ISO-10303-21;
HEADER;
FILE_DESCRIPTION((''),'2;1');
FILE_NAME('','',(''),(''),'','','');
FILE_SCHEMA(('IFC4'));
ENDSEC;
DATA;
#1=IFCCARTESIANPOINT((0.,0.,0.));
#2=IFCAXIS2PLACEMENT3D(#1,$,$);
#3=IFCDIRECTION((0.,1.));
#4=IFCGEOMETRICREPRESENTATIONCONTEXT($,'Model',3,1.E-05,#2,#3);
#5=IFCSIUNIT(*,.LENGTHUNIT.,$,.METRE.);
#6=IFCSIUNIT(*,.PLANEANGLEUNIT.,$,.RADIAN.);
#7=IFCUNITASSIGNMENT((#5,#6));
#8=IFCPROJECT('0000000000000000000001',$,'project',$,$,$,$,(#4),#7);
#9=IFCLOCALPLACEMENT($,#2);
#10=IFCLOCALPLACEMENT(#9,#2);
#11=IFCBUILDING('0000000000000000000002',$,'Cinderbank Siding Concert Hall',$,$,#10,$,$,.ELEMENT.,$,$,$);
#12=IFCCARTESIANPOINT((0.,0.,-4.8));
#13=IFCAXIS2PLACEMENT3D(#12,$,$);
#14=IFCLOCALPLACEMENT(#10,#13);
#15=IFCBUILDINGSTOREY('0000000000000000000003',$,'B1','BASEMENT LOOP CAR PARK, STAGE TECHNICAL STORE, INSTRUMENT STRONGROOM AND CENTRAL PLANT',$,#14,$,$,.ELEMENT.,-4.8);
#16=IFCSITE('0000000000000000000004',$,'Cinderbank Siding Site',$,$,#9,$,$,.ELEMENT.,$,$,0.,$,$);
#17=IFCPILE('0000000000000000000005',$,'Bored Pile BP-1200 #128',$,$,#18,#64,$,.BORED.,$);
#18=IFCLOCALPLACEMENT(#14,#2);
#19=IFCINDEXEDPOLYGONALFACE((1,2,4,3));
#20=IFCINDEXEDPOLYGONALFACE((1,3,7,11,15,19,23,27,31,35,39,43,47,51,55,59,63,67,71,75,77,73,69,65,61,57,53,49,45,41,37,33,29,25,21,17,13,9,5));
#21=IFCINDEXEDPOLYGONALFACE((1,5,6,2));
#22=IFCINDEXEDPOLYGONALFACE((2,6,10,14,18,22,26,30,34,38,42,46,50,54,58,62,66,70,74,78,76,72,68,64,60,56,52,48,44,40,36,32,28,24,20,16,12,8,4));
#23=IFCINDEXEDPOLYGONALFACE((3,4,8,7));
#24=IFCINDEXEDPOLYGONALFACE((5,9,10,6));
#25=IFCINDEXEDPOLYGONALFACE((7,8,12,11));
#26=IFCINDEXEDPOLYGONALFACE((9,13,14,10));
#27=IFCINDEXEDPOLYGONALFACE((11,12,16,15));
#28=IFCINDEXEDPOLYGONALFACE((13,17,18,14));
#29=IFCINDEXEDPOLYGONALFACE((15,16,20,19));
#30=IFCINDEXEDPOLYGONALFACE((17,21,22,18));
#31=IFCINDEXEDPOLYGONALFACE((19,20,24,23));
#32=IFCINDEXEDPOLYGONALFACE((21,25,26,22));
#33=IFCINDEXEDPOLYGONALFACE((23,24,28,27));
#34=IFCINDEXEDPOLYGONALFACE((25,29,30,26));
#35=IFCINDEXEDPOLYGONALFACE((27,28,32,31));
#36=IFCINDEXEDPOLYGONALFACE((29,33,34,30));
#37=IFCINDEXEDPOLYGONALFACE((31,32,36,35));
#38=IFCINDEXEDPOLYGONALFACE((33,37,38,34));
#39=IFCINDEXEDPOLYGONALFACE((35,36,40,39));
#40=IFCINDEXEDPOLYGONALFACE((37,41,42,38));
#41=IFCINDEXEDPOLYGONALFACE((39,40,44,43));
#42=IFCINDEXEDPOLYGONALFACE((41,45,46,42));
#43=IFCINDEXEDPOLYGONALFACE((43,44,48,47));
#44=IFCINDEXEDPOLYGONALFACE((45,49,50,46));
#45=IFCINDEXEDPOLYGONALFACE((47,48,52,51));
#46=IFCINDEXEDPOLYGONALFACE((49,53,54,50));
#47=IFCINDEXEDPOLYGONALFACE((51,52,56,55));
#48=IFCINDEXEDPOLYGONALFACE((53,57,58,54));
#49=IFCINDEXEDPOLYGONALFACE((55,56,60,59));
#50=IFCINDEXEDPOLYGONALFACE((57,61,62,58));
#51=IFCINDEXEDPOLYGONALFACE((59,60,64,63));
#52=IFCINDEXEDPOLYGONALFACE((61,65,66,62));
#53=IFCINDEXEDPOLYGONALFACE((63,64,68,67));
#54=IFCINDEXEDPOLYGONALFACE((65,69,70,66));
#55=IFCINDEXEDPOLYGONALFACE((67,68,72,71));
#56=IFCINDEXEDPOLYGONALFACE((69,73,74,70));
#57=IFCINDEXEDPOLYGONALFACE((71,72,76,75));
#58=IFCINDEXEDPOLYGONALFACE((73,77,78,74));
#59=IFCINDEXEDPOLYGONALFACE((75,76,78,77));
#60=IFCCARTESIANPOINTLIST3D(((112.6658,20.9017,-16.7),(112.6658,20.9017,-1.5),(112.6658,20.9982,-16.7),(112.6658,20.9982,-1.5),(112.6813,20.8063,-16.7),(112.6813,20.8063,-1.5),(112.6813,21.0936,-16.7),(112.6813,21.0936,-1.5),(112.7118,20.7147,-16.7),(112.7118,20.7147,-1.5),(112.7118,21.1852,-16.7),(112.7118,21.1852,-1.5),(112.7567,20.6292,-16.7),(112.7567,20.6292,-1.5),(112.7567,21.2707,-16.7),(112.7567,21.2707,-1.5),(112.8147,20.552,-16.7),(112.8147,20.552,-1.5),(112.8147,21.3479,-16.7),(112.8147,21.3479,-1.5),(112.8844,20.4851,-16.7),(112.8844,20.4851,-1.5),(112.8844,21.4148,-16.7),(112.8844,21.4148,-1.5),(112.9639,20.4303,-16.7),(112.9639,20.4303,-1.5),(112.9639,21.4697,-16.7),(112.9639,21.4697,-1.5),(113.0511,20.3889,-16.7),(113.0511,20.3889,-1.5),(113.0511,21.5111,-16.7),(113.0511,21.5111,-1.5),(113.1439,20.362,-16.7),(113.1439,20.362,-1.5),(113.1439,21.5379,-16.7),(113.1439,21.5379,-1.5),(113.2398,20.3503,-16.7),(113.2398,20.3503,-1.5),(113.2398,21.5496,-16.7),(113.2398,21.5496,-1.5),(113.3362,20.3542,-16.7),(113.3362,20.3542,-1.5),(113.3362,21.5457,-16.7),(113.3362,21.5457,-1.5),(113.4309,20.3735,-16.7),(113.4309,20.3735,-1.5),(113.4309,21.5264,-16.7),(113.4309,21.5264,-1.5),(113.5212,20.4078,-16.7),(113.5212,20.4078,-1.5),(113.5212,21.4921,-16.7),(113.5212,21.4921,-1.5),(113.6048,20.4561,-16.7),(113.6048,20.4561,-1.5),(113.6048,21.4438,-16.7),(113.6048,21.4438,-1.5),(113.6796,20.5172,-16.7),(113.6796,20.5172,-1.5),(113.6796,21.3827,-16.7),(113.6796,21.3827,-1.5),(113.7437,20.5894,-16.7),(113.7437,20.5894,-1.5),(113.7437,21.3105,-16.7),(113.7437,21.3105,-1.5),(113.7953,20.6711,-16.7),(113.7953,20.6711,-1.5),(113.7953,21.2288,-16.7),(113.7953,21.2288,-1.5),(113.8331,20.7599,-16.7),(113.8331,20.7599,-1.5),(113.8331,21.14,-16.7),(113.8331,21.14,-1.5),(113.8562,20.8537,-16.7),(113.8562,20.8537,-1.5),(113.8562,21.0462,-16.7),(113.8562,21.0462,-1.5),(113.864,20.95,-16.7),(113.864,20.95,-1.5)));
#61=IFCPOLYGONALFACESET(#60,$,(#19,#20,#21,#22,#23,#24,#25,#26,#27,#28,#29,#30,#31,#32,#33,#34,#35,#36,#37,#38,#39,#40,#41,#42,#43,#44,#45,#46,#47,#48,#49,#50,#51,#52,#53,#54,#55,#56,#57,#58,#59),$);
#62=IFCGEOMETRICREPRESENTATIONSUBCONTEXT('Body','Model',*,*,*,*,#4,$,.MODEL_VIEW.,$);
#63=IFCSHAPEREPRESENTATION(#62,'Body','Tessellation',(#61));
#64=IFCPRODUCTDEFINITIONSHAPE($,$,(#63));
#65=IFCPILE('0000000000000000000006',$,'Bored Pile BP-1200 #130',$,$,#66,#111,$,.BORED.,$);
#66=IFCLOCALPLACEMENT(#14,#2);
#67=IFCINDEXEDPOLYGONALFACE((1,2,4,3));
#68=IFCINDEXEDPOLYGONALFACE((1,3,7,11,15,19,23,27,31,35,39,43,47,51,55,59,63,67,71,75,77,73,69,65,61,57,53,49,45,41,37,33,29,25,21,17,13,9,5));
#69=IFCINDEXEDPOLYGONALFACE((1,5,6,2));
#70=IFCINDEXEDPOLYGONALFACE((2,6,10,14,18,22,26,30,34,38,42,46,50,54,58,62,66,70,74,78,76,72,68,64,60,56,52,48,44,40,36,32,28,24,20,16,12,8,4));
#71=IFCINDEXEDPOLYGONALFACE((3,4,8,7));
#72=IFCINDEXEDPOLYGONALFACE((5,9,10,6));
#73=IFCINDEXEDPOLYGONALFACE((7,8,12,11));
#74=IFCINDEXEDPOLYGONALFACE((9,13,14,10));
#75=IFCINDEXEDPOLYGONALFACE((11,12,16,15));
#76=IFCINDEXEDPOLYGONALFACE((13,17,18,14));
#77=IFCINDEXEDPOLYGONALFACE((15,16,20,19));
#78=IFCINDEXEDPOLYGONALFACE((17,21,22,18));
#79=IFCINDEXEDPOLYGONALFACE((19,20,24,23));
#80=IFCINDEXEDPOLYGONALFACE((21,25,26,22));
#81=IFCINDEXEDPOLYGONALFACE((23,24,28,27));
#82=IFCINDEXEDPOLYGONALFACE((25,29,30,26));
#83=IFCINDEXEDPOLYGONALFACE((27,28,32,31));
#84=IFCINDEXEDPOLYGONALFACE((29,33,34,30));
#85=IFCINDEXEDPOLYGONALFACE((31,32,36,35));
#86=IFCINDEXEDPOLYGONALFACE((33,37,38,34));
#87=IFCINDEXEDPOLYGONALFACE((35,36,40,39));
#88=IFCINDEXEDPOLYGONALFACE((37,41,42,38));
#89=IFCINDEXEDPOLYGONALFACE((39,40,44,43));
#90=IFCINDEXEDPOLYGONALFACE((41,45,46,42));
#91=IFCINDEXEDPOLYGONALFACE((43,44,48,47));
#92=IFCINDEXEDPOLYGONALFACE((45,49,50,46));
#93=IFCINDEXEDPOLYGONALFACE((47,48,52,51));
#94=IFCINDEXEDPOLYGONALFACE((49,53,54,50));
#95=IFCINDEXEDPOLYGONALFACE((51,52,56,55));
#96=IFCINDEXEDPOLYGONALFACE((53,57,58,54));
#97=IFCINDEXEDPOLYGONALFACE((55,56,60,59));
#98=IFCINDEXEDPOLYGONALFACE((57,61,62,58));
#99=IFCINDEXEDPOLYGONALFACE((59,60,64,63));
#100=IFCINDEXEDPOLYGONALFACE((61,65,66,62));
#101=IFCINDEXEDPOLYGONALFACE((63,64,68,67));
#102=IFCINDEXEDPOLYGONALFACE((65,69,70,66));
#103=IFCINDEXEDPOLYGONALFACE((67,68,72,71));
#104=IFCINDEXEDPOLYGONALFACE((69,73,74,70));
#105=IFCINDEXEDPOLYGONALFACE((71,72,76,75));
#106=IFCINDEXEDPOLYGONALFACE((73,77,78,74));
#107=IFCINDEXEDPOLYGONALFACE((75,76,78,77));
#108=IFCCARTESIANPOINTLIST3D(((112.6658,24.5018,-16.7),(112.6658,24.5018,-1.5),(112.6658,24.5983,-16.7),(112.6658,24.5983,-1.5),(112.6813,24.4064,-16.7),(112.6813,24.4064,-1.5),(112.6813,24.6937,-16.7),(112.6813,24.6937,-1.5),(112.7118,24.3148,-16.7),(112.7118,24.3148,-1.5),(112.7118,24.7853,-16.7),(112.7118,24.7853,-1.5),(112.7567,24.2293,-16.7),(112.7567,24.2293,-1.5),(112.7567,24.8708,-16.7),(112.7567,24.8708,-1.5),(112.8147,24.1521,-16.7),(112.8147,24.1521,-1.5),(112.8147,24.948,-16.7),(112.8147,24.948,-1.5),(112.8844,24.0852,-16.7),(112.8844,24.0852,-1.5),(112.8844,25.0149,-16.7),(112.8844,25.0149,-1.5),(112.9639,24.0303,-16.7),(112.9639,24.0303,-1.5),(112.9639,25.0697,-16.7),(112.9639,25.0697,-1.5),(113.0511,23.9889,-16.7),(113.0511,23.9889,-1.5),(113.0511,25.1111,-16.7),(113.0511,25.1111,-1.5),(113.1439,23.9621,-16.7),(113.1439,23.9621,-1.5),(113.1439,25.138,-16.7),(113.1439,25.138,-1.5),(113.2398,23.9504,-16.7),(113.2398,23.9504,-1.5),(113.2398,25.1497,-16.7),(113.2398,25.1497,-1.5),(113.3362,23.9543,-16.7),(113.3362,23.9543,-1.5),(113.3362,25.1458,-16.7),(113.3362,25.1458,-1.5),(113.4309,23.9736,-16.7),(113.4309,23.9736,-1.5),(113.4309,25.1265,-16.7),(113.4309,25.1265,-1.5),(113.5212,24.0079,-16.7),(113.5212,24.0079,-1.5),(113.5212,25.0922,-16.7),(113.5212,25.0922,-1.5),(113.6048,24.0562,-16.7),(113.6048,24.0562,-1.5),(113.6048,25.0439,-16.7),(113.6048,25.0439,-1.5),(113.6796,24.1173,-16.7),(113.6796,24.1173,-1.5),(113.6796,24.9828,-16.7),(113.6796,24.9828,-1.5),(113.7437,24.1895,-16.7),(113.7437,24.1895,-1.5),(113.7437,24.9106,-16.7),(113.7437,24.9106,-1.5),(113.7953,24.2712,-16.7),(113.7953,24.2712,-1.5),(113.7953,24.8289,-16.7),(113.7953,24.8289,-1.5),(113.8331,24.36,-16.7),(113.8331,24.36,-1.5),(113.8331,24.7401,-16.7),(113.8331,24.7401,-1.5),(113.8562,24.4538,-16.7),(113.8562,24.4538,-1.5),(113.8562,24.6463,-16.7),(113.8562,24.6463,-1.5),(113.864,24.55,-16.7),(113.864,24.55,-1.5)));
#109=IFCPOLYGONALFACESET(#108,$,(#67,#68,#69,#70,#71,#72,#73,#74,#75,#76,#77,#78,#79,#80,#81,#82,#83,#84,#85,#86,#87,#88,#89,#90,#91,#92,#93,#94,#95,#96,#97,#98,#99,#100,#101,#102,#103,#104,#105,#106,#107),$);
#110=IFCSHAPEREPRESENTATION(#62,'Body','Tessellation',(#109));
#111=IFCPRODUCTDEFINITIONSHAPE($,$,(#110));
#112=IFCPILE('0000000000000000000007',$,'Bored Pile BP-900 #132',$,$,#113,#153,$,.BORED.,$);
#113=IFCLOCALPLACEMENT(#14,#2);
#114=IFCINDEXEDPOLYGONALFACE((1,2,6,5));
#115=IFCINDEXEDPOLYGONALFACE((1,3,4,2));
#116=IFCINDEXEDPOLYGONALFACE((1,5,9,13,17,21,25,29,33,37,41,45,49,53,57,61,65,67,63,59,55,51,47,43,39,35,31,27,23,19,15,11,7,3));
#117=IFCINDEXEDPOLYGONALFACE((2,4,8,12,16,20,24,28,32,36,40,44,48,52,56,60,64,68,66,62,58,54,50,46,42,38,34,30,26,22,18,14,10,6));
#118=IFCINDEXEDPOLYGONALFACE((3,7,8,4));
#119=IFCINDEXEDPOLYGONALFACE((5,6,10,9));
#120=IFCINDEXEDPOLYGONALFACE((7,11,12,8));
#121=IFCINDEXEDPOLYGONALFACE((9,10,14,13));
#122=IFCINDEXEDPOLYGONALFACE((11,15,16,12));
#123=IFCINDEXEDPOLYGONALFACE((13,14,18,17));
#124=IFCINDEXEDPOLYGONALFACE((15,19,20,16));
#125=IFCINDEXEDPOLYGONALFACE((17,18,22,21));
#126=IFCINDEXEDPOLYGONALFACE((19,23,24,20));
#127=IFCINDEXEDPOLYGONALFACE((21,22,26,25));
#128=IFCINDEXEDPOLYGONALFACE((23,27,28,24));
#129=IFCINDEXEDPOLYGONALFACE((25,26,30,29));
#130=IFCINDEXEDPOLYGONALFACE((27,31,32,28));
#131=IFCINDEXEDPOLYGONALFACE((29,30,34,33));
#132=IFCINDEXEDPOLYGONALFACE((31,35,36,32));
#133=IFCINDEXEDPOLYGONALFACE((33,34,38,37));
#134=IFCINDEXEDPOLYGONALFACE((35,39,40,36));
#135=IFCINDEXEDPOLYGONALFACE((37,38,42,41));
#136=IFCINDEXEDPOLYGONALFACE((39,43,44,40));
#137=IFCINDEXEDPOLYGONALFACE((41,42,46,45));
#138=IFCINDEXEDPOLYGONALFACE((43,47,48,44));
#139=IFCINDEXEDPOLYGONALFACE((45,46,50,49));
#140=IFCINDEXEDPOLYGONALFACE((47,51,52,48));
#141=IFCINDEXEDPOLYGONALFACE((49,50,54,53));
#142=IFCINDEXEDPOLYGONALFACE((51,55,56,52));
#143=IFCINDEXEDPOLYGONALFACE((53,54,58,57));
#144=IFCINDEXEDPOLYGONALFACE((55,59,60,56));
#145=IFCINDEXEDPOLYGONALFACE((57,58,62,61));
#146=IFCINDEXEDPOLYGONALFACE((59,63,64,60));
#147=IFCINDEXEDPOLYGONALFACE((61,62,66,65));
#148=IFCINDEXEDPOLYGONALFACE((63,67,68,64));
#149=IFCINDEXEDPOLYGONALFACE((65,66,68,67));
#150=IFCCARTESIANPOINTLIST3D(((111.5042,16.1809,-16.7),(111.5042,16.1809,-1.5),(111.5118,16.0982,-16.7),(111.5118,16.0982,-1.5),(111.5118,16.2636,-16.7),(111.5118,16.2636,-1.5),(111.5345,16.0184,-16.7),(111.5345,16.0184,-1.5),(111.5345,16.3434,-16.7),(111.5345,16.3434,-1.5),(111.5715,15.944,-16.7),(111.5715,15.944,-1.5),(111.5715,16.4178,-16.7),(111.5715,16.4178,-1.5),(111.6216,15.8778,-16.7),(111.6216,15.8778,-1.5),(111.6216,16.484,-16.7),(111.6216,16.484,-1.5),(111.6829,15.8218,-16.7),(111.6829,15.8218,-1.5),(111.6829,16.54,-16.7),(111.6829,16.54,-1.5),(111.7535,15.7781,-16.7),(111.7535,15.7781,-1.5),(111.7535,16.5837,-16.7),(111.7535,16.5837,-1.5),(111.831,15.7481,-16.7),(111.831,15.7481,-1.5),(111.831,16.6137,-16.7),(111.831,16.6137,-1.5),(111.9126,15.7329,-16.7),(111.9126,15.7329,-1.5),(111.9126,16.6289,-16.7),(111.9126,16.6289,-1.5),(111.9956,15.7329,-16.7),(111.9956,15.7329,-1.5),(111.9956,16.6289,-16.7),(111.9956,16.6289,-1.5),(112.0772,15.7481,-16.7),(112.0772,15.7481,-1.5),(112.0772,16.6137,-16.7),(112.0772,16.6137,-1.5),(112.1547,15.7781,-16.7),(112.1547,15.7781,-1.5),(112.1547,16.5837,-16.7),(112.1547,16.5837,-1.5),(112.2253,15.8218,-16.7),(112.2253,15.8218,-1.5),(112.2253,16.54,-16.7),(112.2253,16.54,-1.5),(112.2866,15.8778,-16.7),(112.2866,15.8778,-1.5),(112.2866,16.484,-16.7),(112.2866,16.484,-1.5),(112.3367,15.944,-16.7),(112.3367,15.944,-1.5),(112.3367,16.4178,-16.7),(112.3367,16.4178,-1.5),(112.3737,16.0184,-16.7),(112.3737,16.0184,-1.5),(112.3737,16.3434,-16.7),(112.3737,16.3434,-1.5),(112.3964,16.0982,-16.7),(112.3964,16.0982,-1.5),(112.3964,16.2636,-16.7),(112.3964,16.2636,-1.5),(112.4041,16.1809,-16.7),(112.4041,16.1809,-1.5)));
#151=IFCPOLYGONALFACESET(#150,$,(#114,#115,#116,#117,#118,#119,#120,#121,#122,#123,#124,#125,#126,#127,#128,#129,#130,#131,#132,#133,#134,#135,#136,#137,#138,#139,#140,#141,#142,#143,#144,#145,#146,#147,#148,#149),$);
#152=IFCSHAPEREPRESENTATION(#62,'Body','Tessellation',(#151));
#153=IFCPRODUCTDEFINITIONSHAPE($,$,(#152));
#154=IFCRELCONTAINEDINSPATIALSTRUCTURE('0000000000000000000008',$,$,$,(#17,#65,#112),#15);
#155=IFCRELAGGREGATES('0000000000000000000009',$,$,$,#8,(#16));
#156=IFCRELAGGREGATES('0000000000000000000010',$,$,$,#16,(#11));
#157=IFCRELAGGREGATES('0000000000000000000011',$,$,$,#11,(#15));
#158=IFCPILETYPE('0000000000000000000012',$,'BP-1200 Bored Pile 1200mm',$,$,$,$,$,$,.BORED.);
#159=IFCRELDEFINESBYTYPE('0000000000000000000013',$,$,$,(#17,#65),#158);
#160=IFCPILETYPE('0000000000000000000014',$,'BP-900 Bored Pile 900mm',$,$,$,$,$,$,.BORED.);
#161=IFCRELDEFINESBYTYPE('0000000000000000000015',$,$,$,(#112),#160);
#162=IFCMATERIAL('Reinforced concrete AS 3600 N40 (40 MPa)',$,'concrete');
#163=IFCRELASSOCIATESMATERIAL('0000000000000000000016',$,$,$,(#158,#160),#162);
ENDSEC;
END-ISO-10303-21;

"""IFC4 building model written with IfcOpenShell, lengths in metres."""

from ifc_helpers import new_model, si_unit, direction, frame, origin, origin_2d, place, context, subcontext, project, spatial, circle, extrude, material, material_profile, profile_set, type_object, element, save


model = new_model("IFC4")

# Units and contexts
model_context = context("Model", 3, precision=1e-05, world=origin(), true_north=direction((0.0, 1.0)))
body_context = subcontext(model_context, "Body", "Model", "MODEL_VIEW")
ifc_project = project(units=[si_unit("LENGTHUNIT", "METRE"), si_unit("PLANEANGLEUNIT", "RADIAN")], contexts=[model_context])

# Site, building, storey
site_placement = place(None, origin())
site = spatial("IfcSite", under=ifc_project, at=site_placement, Name="Cinderbank Siding Site", CompositionType="ELEMENT", RefElevation=0.0)
building_placement = place(site_placement, origin())
building = spatial("IfcBuilding", under=site, at=building_placement, Name="Cinderbank Siding Concert Hall", CompositionType="ELEMENT")
storey_placement = place(building_placement, frame((0.0, 0.0, -4.8)))
storey = spatial("IfcBuildingStorey", under=building, at=storey_placement, Name="B1", Description="BASEMENT LOOP CAR PARK, STAGE TECHNICAL STORE, INSTRUMENT STRONGROOM AND CENTRAL PLANT", CompositionType="ELEMENT", Elevation=-4.8)

# Piles
ifc_material_1 = material(Name="Reinforced concrete AS 3600 N40 (40 MPa)", Category="concrete")
ifc_material_profile_1 = material_profile(ifc_material_1, circle(Radius=0.6001, at=origin_2d()), Name="PILE-1200DIA", Category="LoadBearing")
ifc_profile_set_1 = profile_set([ifc_material_profile_1], Name="Reinforced concrete AS 3600 N40 (40 MPa)")
pile_type_1 = type_object("IfcPileType", Name="BP-1200 Bored Pile 1200mm", PredefinedType="BORED", material=ifc_profile_set_1)
for number, where, z_axis, x_axis, name in (
    (1, (113.2639, 20.95, -1.5), (0.0, 0.0, -1.0), (1.0, 0.0, 0.0), "Bored Pile BP-1200 #128"),
    (2, (113.2639, 24.55, -1.5), (0.0, 0.0, -1.0), (1.0, 0.0, 0.0), "Bored Pile BP-1200 #130"),
):
    element("IfcPile", number, at=place(storey_placement, frame(where, z_axis=z_axis, x_axis=x_axis)), inside=storey, type_object=pile_type_1, Name=name, PredefinedType="BORED", context=body_context, shape_type="SweptSolid", body=[
        extrude(circle(Radius=0.6001, at=origin_2d()), origin(), (0.0, 0.0, 1.0), 15.2),
    ])
ifc_material_profile_2 = material_profile(ifc_material_1, circle(Radius=0.45, at=origin_2d()), Name="PILE-900DIA", Category="LoadBearing")
ifc_profile_set_2 = profile_set([ifc_material_profile_2], Name="Reinforced concrete AS 3600 N40 (40 MPa)")
pile_type_2 = type_object("IfcPileType", Name="BP-900 Bored Pile 900mm", PredefinedType="BORED", material=ifc_profile_set_2)
pile_placement = place(storey_placement, frame((111.9541, 16.1809, -1.5), z_axis=(0.0, 0.0, -1.0), x_axis=(1.0, 0.0, 0.0)))
element("IfcPile", 3, at=pile_placement, inside=storey, type_object=pile_type_2, Name="Bored Pile BP-900 #132", PredefinedType="BORED", context=body_context, shape_type="SweptSolid", body=[
    extrude(circle(Radius=0.45, at=origin_2d()), origin(), (0.0, 0.0, 1.0), 15.2),
])

save(model, "model.ifc")
